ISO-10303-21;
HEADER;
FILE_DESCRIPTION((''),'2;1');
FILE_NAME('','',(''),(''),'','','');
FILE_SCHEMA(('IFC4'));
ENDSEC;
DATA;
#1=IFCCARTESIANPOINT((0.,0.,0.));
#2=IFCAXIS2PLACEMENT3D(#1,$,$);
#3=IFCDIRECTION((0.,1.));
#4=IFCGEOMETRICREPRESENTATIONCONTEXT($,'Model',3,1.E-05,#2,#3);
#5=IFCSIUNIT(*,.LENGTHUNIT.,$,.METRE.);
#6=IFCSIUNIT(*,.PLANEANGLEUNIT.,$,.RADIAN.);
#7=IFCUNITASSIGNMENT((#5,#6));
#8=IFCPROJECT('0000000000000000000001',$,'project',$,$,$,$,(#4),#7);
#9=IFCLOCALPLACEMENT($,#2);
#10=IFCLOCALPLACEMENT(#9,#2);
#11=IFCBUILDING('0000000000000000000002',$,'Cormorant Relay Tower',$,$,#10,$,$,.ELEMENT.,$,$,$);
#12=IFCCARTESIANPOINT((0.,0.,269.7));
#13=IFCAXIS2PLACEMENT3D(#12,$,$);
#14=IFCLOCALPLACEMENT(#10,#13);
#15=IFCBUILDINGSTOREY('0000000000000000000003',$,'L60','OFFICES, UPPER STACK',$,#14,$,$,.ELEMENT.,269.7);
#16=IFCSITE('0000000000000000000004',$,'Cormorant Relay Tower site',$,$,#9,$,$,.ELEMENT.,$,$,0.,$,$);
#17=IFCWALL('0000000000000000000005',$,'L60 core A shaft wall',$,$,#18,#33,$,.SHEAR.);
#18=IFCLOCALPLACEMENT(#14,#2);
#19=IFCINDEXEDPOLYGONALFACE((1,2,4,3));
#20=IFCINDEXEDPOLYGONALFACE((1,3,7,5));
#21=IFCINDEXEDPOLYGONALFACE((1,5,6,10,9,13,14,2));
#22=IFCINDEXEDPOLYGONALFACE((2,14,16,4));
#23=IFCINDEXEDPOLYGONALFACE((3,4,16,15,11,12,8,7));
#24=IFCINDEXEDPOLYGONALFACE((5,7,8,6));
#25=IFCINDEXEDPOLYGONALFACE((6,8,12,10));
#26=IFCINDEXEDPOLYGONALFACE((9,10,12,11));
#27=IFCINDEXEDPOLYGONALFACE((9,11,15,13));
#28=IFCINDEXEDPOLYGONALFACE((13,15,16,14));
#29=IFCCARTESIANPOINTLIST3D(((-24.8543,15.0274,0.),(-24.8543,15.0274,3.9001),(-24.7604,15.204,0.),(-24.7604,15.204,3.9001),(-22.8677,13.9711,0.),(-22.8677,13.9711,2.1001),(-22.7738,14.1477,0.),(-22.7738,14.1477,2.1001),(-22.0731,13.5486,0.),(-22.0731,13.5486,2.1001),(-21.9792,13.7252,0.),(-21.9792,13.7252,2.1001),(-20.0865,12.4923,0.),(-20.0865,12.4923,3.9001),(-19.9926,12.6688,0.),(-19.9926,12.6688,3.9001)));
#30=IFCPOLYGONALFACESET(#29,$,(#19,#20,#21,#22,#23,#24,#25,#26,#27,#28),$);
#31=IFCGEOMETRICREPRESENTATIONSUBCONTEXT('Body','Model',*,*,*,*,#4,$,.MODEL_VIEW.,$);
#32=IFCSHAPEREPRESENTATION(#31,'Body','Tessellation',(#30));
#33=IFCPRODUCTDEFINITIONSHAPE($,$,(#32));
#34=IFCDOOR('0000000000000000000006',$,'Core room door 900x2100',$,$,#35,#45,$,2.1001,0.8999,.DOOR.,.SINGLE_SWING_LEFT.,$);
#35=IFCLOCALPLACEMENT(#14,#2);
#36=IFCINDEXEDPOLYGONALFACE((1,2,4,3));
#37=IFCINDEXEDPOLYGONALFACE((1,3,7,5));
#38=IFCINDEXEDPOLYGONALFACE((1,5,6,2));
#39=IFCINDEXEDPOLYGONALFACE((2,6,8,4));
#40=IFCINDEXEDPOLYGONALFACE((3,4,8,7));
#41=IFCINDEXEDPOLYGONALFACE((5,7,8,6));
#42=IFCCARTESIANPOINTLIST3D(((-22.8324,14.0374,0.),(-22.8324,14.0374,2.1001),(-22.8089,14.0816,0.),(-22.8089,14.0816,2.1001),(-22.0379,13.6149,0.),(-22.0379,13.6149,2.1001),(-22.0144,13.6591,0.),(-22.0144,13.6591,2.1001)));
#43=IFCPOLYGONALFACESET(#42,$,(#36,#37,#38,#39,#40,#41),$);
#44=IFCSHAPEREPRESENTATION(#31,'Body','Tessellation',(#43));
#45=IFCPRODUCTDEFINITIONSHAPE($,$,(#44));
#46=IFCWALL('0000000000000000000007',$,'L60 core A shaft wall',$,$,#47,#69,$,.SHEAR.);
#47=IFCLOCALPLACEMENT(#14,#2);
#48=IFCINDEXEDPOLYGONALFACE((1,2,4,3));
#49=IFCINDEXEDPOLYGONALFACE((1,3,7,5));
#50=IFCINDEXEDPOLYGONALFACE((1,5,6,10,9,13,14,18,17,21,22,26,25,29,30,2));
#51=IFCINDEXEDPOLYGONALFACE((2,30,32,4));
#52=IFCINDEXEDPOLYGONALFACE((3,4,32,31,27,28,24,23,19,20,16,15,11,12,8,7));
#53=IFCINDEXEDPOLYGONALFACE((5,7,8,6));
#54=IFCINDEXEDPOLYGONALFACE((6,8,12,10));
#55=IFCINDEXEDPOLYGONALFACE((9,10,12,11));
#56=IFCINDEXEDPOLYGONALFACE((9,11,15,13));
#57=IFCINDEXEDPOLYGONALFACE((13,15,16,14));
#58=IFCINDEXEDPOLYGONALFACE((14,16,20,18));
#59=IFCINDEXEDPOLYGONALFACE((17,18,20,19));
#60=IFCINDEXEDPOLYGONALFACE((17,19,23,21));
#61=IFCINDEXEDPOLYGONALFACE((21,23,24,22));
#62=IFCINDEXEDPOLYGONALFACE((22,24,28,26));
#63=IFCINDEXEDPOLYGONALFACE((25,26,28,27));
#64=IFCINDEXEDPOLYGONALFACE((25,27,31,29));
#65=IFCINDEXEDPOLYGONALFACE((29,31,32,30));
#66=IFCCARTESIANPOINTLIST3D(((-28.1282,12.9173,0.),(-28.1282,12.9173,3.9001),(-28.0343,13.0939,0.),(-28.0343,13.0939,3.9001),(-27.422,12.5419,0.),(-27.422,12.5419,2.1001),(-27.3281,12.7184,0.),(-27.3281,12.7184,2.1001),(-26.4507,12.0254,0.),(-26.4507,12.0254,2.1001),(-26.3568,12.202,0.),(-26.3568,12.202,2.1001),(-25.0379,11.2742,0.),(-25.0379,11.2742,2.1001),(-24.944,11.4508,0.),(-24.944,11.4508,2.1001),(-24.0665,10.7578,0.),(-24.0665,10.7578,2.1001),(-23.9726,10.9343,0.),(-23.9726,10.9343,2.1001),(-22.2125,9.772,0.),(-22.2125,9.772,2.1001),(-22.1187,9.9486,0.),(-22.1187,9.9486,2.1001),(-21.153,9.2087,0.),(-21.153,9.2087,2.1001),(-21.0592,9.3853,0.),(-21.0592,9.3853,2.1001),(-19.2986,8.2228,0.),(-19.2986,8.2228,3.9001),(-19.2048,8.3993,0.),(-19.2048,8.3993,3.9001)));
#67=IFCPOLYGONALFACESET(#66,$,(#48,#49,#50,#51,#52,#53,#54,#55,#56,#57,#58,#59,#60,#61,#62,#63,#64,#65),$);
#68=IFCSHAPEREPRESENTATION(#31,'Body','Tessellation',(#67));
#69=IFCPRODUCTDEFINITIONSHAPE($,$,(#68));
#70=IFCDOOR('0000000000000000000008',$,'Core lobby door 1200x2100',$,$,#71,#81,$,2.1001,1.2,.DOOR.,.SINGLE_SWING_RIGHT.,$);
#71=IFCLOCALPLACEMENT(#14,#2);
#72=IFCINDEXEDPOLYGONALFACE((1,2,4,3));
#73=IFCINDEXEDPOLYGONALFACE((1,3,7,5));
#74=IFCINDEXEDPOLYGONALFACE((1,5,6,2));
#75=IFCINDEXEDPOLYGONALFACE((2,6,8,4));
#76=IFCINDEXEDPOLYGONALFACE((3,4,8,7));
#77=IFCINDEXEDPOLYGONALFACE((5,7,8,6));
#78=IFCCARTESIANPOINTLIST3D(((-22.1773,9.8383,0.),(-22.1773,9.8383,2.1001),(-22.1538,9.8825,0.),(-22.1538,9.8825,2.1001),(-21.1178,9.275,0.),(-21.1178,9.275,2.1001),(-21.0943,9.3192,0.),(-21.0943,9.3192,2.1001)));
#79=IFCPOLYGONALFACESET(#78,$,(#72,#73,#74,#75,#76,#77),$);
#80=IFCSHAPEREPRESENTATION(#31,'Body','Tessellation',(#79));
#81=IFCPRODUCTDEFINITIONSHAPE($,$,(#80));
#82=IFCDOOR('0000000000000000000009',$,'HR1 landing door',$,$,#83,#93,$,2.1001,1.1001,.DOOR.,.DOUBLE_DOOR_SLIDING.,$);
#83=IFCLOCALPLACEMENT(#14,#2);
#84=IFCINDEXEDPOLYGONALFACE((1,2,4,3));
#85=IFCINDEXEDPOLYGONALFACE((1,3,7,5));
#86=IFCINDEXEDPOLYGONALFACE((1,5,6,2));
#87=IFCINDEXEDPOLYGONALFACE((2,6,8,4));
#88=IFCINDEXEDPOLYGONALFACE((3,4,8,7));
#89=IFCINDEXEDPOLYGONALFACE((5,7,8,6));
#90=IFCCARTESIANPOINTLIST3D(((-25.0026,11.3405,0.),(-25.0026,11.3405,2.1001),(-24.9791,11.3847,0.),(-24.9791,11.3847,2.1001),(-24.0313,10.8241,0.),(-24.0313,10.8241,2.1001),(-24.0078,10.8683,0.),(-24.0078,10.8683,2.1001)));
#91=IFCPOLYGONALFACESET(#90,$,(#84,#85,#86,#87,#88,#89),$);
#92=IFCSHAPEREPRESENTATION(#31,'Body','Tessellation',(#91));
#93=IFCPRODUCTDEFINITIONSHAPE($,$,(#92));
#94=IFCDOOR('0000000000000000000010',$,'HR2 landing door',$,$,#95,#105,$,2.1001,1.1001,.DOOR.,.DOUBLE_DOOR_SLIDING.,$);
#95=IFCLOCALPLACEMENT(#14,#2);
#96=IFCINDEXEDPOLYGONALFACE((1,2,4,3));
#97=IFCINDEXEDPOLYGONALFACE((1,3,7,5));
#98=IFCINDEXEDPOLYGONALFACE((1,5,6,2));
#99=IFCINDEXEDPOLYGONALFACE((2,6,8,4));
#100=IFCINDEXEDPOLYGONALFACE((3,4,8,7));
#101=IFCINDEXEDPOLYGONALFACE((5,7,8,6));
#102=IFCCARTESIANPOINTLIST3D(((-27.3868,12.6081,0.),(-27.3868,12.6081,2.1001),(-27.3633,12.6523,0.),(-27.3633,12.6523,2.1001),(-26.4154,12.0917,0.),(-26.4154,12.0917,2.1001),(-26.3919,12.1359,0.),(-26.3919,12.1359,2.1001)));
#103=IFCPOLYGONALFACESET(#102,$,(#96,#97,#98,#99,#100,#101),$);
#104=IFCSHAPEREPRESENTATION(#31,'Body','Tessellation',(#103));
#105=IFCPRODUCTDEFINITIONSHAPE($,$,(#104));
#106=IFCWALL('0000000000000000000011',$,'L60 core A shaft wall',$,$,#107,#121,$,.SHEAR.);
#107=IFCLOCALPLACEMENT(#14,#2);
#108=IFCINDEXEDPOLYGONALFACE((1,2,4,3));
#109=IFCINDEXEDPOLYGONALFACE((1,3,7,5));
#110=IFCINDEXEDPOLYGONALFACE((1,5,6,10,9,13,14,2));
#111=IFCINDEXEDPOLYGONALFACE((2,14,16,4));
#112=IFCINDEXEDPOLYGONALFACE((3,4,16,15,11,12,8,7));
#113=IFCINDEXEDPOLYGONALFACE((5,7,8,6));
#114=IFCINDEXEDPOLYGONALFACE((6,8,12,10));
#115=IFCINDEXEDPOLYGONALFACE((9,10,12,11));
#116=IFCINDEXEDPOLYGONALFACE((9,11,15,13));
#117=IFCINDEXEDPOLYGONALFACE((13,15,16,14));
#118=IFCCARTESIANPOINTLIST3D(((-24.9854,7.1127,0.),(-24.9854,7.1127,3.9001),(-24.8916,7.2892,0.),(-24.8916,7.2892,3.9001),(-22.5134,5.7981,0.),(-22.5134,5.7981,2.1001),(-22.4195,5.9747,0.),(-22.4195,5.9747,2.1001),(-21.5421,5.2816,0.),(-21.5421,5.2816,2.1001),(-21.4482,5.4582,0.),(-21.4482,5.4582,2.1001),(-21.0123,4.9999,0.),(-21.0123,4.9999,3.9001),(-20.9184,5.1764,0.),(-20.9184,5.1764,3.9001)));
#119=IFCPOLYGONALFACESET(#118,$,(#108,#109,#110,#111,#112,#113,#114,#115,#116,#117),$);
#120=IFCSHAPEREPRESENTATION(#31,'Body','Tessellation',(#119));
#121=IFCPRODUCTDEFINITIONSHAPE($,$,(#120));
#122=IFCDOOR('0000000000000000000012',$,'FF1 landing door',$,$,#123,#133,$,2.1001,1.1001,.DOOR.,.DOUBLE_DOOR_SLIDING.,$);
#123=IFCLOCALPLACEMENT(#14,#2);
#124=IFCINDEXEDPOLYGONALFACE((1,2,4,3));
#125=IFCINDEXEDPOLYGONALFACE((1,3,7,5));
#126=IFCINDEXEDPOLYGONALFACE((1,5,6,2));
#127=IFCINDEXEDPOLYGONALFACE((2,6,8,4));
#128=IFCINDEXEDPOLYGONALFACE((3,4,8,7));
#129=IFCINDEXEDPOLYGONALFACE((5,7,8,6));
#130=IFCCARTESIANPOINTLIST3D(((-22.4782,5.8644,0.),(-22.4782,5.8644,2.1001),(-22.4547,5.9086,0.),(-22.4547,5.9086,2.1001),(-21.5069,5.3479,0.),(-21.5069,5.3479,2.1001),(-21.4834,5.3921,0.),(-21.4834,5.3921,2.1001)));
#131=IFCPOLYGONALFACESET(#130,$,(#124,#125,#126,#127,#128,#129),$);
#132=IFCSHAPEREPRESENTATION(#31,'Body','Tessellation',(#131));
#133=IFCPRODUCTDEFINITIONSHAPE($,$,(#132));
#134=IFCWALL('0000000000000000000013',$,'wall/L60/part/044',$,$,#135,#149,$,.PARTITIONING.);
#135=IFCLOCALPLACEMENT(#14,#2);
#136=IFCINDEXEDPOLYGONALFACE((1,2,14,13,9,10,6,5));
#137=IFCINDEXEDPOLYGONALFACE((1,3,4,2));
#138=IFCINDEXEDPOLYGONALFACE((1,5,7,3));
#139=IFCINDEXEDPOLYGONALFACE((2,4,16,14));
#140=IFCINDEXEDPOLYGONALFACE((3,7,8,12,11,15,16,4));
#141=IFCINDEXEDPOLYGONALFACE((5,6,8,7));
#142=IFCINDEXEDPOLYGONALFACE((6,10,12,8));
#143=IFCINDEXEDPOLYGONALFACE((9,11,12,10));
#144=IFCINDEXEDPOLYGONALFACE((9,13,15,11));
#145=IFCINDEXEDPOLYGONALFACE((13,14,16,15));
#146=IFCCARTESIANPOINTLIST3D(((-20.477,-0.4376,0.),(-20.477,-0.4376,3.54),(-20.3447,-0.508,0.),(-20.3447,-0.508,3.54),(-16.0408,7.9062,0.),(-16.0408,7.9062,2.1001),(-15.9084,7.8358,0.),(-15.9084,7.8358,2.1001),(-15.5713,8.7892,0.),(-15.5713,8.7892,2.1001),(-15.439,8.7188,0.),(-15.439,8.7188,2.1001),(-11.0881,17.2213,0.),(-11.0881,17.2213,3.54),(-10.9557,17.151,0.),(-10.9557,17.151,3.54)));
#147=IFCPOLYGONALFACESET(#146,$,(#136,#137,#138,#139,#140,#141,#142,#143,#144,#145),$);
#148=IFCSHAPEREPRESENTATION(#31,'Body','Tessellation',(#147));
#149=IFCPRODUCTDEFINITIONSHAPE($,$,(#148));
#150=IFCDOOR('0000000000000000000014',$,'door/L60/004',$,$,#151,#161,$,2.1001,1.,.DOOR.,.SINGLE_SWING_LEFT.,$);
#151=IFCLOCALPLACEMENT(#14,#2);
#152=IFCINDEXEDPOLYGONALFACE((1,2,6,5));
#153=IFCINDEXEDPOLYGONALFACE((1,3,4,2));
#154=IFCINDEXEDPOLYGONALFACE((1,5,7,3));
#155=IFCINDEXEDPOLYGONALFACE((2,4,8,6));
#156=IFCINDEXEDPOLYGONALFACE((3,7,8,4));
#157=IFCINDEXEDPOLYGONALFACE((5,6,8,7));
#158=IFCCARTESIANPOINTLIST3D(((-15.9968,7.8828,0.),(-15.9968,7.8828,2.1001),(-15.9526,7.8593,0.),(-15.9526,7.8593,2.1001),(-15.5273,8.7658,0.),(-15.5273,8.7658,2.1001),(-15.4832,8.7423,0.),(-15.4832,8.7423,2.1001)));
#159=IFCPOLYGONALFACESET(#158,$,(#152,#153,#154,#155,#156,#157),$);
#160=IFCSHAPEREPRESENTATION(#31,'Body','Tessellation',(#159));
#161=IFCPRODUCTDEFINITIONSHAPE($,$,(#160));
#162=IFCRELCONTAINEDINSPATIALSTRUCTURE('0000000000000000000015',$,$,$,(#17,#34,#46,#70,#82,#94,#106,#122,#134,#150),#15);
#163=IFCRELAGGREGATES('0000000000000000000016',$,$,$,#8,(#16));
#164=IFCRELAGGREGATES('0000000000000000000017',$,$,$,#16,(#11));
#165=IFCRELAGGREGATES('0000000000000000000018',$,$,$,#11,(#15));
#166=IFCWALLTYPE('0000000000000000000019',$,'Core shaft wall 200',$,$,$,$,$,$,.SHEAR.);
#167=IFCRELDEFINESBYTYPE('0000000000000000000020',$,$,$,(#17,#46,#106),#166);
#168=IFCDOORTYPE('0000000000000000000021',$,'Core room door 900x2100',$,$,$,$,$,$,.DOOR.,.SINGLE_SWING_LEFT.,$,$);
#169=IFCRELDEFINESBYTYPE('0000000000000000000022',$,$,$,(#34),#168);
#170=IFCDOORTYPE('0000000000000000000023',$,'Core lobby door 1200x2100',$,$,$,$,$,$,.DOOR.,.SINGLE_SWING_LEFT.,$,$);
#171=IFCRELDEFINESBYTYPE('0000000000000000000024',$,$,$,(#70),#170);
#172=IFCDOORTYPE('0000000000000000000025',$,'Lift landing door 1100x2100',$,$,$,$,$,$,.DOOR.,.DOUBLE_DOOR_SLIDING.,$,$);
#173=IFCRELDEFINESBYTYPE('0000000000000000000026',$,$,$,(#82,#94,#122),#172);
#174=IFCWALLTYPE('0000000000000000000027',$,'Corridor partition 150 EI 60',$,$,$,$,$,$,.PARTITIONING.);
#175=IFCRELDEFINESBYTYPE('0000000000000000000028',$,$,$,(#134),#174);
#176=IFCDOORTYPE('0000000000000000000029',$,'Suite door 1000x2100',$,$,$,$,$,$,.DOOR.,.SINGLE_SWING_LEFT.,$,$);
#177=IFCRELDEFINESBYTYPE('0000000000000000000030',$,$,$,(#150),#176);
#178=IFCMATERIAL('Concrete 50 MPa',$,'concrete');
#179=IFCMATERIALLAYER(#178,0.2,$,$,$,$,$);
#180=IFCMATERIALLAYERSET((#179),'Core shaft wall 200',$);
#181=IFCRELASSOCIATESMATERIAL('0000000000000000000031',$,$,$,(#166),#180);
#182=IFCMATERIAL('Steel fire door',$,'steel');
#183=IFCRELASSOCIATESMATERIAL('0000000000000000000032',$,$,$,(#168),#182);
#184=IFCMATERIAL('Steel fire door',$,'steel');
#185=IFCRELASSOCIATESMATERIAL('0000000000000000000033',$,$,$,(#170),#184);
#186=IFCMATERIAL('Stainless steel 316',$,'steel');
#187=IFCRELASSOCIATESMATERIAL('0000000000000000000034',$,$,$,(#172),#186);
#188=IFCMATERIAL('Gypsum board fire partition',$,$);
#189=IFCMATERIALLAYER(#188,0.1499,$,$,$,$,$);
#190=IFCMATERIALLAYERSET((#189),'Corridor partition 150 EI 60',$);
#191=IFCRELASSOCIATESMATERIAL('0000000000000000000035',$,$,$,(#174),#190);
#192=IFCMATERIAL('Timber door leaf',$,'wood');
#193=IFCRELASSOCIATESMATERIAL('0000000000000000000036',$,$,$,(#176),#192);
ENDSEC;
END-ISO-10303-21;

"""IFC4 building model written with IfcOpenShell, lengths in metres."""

from ifc_helpers import new_model, si_unit, direction, frame, frame_2d, origin, place, context, subcontext, project, spatial, rectangle, extrude, material, layer, layer_set, type_object, element, fill, save


model = new_model("IFC4")

# Units and contexts
model_context = context("Model", 3, precision=1e-05, world=origin(), true_north=direction((0.0, 1.0)))
body_context = subcontext(model_context, "Body", "Model", "MODEL_VIEW")
ifc_project = project(units=[si_unit("LENGTHUNIT", "METRE"), si_unit("PLANEANGLEUNIT", "RADIAN")], contexts=[model_context])

# Site, building, storey
site_placement = place(None, origin())
site = spatial("IfcSite", under=ifc_project, at=site_placement, Name="Cormorant Relay Tower site", CompositionType="ELEMENT", RefElevation=0.0)
building_placement = place(site_placement, origin())
building = spatial("IfcBuilding", under=site, at=building_placement, Name="Cormorant Relay Tower", CompositionType="ELEMENT")
storey_placement = place(building_placement, frame((0.0, 0.0, 269.7)))
storey = spatial("IfcBuildingStorey", under=building, at=storey_placement, Name="L60", Description="OFFICES, UPPER STACK", CompositionType="ELEMENT", Elevation=269.7)

# Shared definitions
ifc_material_1 = material(Name="Concrete 50 MPa", Category="concrete")
ifc_layer_1 = layer(ifc_material_1, 0.2)
ifc_layer_set_1 = layer_set([ifc_layer_1], Name="Core shaft wall 200")
wall_type_1 = type_object("IfcWallType", Name="Core shaft wall 200", PredefinedType="SHEAR", material=ifc_layer_set_1)

# Wall, opening, door
wall_1_placement = place(storey_placement, frame((-20.0396, 12.5806, 0.0), z_axis=(0.0, 0.0, 1.0), x_axis=(-0.882943, 0.46948, 0.0)))
wall_1 = element("IfcWall", 1, at=wall_1_placement, inside=storey, type_object=wall_type_1, Name="L60 core A shaft wall", PredefinedType="SHEAR", context=body_context, shape_type="SweptSolid", body=[
    extrude(rectangle(XDim=5.3999, YDim=0.2, at=frame_2d((2.7, 0.0))), origin(), (0.0, 0.0, 1.0), 3.9001),
])
opening_1_placement = place(wall_1_placement, frame((2.25, 0.0, 0.0)))
opening_1 = element("IfcOpeningElement", 2, at=opening_1_placement, cuts=wall_1, PredefinedType="OPENING", context=body_context, shape_type="SweptSolid", body=[
    extrude(rectangle(XDim=0.8999, YDim=2.1001, at=frame_2d((0.45, 1.05))), frame((0.0, 0.1099, 0.0), z_axis=(0.0, -1.0, 0.0), x_axis=(1.0, 0.0, 0.0)), (0.0, 0.0, 1.0), 0.22),
])
ifc_material_2 = material(Name="Steel fire door", Category="steel")
door_type_1 = type_object("IfcDoorType", Name="Core room door 900x2100", OperationType="SINGLE_SWING_LEFT", PredefinedType="DOOR", material=ifc_material_2)
door_1_placement = place(opening_1_placement, origin())
door_1 = element("IfcDoor", 3, at=door_1_placement, inside=storey, type_object=door_type_1, Name="Core room door 900x2100", OperationType="SINGLE_SWING_LEFT", OverallHeight=2.1001, OverallWidth=0.8999, PredefinedType="DOOR", context=body_context, shape_type="SweptSolid", body=[
    extrude(rectangle(XDim=0.8999, YDim=2.1001, at=frame_2d((0.45, 1.05))), frame((0.0, 0.0249, 0.0), z_axis=(0.0, -1.0, 0.0), x_axis=(1.0, 0.0, 0.0)), (0.0, 0.0, 1.0), 0.05),
])
fill(opening_1, door_1)

# Wall, openings, doors
wall_2_placement = place(storey_placement, frame((-19.2517, 8.311, 0.0), z_axis=(0.0, 0.0, 1.0), x_axis=(-0.882956, 0.469456, 0.0)))
wall_2 = element("IfcWall", 4, at=wall_2_placement, inside=storey, type_object=wall_type_1, Name="L60 core A shaft wall", PredefinedType="SHEAR", context=body_context, shape_type="SweptSolid", body=[
    extrude(rectangle(XDim=10.0, YDim=0.2, at=frame_2d((5.0, 0.0))), origin(), (0.0, 0.0, 1.0), 3.9001),
])
opening_2_placement = place(wall_2_placement, frame((2.1001, 0.0, 0.0)))
opening_2 = element("IfcOpeningElement", 5, at=opening_2_placement, cuts=wall_2, PredefinedType="OPENING", context=body_context, shape_type="SweptSolid", body=[
    extrude(rectangle(XDim=1.2, YDim=2.1001, at=frame_2d((0.6001, 1.05))), frame((0.0, 0.1099, 0.0), z_axis=(0.0, -1.0, 0.0), x_axis=(1.0, 0.0, 0.0)), (0.0, 0.0, 1.0), 0.22),
])
opening_3_placement = place(wall_2_placement, frame((5.3999, 0.0, 0.0)))
opening_3 = element("IfcOpeningElement", 6, at=opening_3_placement, cuts=wall_2, PredefinedType="OPENING", context=body_context, shape_type="SweptSolid", body=[
    extrude(rectangle(XDim=1.1001, YDim=2.1001, at=frame_2d((0.55, 1.05))), frame((0.0, 0.1099, 0.0), z_axis=(0.0, -1.0, 0.0), x_axis=(1.0, 0.0, 0.0)), (0.0, 0.0, 1.0), 0.22),
])
opening_4_placement = place(wall_2_placement, frame((8.1001, 0.0, 0.0)))
opening_4 = element("IfcOpeningElement", 7, at=opening_4_placement, cuts=wall_2, PredefinedType="OPENING", context=body_context, shape_type="SweptSolid", body=[
    extrude(rectangle(XDim=1.1001, YDim=2.1001, at=frame_2d((0.55, 1.05))), frame((0.0, 0.1099, 0.0), z_axis=(0.0, -1.0, 0.0), x_axis=(1.0, 0.0, 0.0)), (0.0, 0.0, 1.0), 0.22),
])
ifc_material_3 = material(Name="Steel fire door", Category="steel")
door_type_2 = type_object("IfcDoorType", Name="Core lobby door 1200x2100", OperationType="SINGLE_SWING_LEFT", PredefinedType="DOOR", material=ifc_material_3)
door_2_placement = place(opening_2_placement, origin())
door_2 = element("IfcDoor", 8, at=door_2_placement, inside=storey, type_object=door_type_2, Name="Core lobby door 1200x2100", OperationType="SINGLE_SWING_RIGHT", OverallHeight=2.1001, OverallWidth=1.2, PredefinedType="DOOR", context=body_context, shape_type="SweptSolid", body=[
    extrude(rectangle(XDim=1.2, YDim=2.1001, at=frame_2d((0.6001, 1.05))), frame((0.0, 0.0249, 0.0), z_axis=(0.0, -1.0, 0.0), x_axis=(1.0, 0.0, 0.0)), (0.0, 0.0, 1.0), 0.05),
])
fill(opening_2, door_2)
ifc_material_4 = material(Name="Stainless steel 316", Category="steel")
door_type_3 = type_object("IfcDoorType", Name="Lift landing door 1100x2100", OperationType="DOUBLE_DOOR_SLIDING", PredefinedType="DOOR", material=ifc_material_4)
door_3_placement = place(opening_3_placement, origin())
door_3 = element("IfcDoor", 9, at=door_3_placement, inside=storey, type_object=door_type_3, Name="HR1 landing door", OperationType="DOUBLE_DOOR_SLIDING", OverallHeight=2.1001, OverallWidth=1.1001, PredefinedType="DOOR", context=body_context, shape_type="SweptSolid", body=[
    extrude(rectangle(XDim=1.1001, YDim=2.1001, at=frame_2d((0.55, 1.05))), frame((0.0, 0.0249, 0.0), z_axis=(0.0, -1.0, 0.0), x_axis=(1.0, 0.0, 0.0)), (0.0, 0.0, 1.0), 0.05),
])
fill(opening_3, door_3)
door_4_placement = place(opening_4_placement, origin())
door_4 = element("IfcDoor", 10, at=door_4_placement, inside=storey, type_object=door_type_3, Name="HR2 landing door", OperationType="DOUBLE_DOOR_SLIDING", OverallHeight=2.1001, OverallWidth=1.1001, PredefinedType="DOOR", context=body_context, shape_type="SweptSolid", body=[
    extrude(rectangle(XDim=1.1001, YDim=2.1001, at=frame_2d((0.55, 1.05))), frame((0.0, 0.0249, 0.0), z_axis=(0.0, -1.0, 0.0), x_axis=(1.0, 0.0, 0.0)), (0.0, 0.0, 1.0), 0.05),
])
fill(opening_4, door_4)

# Walls, openings, doors
wall_3_placement = place(storey_placement, frame((-20.9653, 5.0881, 0.0), z_axis=(0.0, 0.0, 1.0), x_axis=(-0.882926, 0.469512, 0.0)))
wall_3 = element("IfcWall", 11, at=wall_3_placement, inside=storey, type_object=wall_type_1, Name="L60 core A shaft wall", PredefinedType="SHEAR", context=body_context, shape_type="SweptSolid", body=[
    extrude(rectangle(XDim=4.5, YDim=0.2, at=frame_2d((2.25, 0.0))), origin(), (0.0, 0.0, 1.0), 3.9001),
])
opening_5_placement = place(wall_3_placement, frame((0.6001, 0.0, 0.0)))
opening_5 = element("IfcOpeningElement", 12, at=opening_5_placement, cuts=wall_3, PredefinedType="OPENING", context=body_context, shape_type="SweptSolid", body=[
    extrude(rectangle(XDim=1.1001, YDim=2.1001, at=frame_2d((0.55, 1.05))), frame((0.0, 0.1099, 0.0), z_axis=(0.0, -1.0, 0.0), x_axis=(1.0, 0.0, 0.0)), (0.0, 0.0, 1.0), 0.22),
])
door_5_placement = place(opening_5_placement, origin())
door_5 = element("IfcDoor", 13, at=door_5_placement, inside=storey, type_object=door_type_3, Name="FF1 landing door", OperationType="DOUBLE_DOOR_SLIDING", OverallHeight=2.1001, OverallWidth=1.1001, PredefinedType="DOOR", context=body_context, shape_type="SweptSolid", body=[
    extrude(rectangle(XDim=1.1001, YDim=2.1001, at=frame_2d((0.55, 1.05))), frame((0.0, 0.0249, 0.0), z_axis=(0.0, -1.0, 0.0), x_axis=(1.0, 0.0, 0.0)), (0.0, 0.0, 1.0), 0.05),
])
fill(opening_5, door_5)
ifc_material_5 = material(Name="Gypsum board fire partition")
ifc_layer_2 = layer(ifc_material_5, 0.1499)
ifc_layer_set_2 = layer_set([ifc_layer_2], Name="Corridor partition 150 EI 60")
wall_type_2 = type_object("IfcWallType", Name="Corridor partition 150 EI 60", PredefinedType="PARTITIONING", material=ifc_layer_set_2)
wall_4_placement = place(storey_placement, frame((-20.4109, -0.4729, 0.0), z_axis=(0.0, 0.0, 1.0), x_axis=(0.469452, 0.882958, 0.0)))
wall_4 = element("IfcWall", 14, at=wall_4_placement, inside=storey, type_object=wall_type_2, Name="wall/L60/part/044", PredefinedType="PARTITIONING", context=body_context, shape_type="SweptSolid", body=[
    extrude(rectangle(XDim=19.9998, YDim=0.1499, at=frame_2d((10.0, 0.0))), origin(), (0.0, 0.0, 1.0), 3.54),
])
opening_6_placement = place(wall_4_placement, frame((9.45, 0.0, 0.0)))
opening_6 = element("IfcOpeningElement", 15, at=opening_6_placement, cuts=wall_4, PredefinedType="OPENING", context=body_context, shape_type="SweptSolid", body=[
    extrude(rectangle(XDim=1.0, YDim=2.1001, at=frame_2d((0.5, 1.05))), frame((0.0, 0.085, 0.0), z_axis=(0.0, -1.0, 0.0), x_axis=(1.0, 0.0, 0.0)), (0.0, 0.0, 1.0), 0.1699),
])
ifc_material_6 = material(Name="Timber door leaf", Category="wood")
door_type_4 = type_object("IfcDoorType", Name="Suite door 1000x2100", OperationType="SINGLE_SWING_LEFT", PredefinedType="DOOR", material=ifc_material_6)
door_6_placement = place(opening_6_placement, frame((1.0, 0.0, 0.0), z_axis=(0.0, 0.0, 1.0), x_axis=(-1.0, 0.0, 0.0)))
door_6 = element("IfcDoor", 16, at=door_6_placement, inside=storey, type_object=door_type_4, Name="door/L60/004", OperationType="SINGLE_SWING_LEFT", OverallHeight=2.1001, OverallWidth=1.0, PredefinedType="DOOR", context=body_context, shape_type="SweptSolid", body=[
    extrude(rectangle(XDim=1.0, YDim=2.1001, at=frame_2d((0.5, 1.05))), frame((0.0, 0.0249, 0.0), z_axis=(0.0, -1.0, 0.0), x_axis=(1.0, 0.0, 0.0)), (0.0, 0.0, 1.0), 0.05),
])
fill(opening_6, door_6)

save(model, "model.ifc")
